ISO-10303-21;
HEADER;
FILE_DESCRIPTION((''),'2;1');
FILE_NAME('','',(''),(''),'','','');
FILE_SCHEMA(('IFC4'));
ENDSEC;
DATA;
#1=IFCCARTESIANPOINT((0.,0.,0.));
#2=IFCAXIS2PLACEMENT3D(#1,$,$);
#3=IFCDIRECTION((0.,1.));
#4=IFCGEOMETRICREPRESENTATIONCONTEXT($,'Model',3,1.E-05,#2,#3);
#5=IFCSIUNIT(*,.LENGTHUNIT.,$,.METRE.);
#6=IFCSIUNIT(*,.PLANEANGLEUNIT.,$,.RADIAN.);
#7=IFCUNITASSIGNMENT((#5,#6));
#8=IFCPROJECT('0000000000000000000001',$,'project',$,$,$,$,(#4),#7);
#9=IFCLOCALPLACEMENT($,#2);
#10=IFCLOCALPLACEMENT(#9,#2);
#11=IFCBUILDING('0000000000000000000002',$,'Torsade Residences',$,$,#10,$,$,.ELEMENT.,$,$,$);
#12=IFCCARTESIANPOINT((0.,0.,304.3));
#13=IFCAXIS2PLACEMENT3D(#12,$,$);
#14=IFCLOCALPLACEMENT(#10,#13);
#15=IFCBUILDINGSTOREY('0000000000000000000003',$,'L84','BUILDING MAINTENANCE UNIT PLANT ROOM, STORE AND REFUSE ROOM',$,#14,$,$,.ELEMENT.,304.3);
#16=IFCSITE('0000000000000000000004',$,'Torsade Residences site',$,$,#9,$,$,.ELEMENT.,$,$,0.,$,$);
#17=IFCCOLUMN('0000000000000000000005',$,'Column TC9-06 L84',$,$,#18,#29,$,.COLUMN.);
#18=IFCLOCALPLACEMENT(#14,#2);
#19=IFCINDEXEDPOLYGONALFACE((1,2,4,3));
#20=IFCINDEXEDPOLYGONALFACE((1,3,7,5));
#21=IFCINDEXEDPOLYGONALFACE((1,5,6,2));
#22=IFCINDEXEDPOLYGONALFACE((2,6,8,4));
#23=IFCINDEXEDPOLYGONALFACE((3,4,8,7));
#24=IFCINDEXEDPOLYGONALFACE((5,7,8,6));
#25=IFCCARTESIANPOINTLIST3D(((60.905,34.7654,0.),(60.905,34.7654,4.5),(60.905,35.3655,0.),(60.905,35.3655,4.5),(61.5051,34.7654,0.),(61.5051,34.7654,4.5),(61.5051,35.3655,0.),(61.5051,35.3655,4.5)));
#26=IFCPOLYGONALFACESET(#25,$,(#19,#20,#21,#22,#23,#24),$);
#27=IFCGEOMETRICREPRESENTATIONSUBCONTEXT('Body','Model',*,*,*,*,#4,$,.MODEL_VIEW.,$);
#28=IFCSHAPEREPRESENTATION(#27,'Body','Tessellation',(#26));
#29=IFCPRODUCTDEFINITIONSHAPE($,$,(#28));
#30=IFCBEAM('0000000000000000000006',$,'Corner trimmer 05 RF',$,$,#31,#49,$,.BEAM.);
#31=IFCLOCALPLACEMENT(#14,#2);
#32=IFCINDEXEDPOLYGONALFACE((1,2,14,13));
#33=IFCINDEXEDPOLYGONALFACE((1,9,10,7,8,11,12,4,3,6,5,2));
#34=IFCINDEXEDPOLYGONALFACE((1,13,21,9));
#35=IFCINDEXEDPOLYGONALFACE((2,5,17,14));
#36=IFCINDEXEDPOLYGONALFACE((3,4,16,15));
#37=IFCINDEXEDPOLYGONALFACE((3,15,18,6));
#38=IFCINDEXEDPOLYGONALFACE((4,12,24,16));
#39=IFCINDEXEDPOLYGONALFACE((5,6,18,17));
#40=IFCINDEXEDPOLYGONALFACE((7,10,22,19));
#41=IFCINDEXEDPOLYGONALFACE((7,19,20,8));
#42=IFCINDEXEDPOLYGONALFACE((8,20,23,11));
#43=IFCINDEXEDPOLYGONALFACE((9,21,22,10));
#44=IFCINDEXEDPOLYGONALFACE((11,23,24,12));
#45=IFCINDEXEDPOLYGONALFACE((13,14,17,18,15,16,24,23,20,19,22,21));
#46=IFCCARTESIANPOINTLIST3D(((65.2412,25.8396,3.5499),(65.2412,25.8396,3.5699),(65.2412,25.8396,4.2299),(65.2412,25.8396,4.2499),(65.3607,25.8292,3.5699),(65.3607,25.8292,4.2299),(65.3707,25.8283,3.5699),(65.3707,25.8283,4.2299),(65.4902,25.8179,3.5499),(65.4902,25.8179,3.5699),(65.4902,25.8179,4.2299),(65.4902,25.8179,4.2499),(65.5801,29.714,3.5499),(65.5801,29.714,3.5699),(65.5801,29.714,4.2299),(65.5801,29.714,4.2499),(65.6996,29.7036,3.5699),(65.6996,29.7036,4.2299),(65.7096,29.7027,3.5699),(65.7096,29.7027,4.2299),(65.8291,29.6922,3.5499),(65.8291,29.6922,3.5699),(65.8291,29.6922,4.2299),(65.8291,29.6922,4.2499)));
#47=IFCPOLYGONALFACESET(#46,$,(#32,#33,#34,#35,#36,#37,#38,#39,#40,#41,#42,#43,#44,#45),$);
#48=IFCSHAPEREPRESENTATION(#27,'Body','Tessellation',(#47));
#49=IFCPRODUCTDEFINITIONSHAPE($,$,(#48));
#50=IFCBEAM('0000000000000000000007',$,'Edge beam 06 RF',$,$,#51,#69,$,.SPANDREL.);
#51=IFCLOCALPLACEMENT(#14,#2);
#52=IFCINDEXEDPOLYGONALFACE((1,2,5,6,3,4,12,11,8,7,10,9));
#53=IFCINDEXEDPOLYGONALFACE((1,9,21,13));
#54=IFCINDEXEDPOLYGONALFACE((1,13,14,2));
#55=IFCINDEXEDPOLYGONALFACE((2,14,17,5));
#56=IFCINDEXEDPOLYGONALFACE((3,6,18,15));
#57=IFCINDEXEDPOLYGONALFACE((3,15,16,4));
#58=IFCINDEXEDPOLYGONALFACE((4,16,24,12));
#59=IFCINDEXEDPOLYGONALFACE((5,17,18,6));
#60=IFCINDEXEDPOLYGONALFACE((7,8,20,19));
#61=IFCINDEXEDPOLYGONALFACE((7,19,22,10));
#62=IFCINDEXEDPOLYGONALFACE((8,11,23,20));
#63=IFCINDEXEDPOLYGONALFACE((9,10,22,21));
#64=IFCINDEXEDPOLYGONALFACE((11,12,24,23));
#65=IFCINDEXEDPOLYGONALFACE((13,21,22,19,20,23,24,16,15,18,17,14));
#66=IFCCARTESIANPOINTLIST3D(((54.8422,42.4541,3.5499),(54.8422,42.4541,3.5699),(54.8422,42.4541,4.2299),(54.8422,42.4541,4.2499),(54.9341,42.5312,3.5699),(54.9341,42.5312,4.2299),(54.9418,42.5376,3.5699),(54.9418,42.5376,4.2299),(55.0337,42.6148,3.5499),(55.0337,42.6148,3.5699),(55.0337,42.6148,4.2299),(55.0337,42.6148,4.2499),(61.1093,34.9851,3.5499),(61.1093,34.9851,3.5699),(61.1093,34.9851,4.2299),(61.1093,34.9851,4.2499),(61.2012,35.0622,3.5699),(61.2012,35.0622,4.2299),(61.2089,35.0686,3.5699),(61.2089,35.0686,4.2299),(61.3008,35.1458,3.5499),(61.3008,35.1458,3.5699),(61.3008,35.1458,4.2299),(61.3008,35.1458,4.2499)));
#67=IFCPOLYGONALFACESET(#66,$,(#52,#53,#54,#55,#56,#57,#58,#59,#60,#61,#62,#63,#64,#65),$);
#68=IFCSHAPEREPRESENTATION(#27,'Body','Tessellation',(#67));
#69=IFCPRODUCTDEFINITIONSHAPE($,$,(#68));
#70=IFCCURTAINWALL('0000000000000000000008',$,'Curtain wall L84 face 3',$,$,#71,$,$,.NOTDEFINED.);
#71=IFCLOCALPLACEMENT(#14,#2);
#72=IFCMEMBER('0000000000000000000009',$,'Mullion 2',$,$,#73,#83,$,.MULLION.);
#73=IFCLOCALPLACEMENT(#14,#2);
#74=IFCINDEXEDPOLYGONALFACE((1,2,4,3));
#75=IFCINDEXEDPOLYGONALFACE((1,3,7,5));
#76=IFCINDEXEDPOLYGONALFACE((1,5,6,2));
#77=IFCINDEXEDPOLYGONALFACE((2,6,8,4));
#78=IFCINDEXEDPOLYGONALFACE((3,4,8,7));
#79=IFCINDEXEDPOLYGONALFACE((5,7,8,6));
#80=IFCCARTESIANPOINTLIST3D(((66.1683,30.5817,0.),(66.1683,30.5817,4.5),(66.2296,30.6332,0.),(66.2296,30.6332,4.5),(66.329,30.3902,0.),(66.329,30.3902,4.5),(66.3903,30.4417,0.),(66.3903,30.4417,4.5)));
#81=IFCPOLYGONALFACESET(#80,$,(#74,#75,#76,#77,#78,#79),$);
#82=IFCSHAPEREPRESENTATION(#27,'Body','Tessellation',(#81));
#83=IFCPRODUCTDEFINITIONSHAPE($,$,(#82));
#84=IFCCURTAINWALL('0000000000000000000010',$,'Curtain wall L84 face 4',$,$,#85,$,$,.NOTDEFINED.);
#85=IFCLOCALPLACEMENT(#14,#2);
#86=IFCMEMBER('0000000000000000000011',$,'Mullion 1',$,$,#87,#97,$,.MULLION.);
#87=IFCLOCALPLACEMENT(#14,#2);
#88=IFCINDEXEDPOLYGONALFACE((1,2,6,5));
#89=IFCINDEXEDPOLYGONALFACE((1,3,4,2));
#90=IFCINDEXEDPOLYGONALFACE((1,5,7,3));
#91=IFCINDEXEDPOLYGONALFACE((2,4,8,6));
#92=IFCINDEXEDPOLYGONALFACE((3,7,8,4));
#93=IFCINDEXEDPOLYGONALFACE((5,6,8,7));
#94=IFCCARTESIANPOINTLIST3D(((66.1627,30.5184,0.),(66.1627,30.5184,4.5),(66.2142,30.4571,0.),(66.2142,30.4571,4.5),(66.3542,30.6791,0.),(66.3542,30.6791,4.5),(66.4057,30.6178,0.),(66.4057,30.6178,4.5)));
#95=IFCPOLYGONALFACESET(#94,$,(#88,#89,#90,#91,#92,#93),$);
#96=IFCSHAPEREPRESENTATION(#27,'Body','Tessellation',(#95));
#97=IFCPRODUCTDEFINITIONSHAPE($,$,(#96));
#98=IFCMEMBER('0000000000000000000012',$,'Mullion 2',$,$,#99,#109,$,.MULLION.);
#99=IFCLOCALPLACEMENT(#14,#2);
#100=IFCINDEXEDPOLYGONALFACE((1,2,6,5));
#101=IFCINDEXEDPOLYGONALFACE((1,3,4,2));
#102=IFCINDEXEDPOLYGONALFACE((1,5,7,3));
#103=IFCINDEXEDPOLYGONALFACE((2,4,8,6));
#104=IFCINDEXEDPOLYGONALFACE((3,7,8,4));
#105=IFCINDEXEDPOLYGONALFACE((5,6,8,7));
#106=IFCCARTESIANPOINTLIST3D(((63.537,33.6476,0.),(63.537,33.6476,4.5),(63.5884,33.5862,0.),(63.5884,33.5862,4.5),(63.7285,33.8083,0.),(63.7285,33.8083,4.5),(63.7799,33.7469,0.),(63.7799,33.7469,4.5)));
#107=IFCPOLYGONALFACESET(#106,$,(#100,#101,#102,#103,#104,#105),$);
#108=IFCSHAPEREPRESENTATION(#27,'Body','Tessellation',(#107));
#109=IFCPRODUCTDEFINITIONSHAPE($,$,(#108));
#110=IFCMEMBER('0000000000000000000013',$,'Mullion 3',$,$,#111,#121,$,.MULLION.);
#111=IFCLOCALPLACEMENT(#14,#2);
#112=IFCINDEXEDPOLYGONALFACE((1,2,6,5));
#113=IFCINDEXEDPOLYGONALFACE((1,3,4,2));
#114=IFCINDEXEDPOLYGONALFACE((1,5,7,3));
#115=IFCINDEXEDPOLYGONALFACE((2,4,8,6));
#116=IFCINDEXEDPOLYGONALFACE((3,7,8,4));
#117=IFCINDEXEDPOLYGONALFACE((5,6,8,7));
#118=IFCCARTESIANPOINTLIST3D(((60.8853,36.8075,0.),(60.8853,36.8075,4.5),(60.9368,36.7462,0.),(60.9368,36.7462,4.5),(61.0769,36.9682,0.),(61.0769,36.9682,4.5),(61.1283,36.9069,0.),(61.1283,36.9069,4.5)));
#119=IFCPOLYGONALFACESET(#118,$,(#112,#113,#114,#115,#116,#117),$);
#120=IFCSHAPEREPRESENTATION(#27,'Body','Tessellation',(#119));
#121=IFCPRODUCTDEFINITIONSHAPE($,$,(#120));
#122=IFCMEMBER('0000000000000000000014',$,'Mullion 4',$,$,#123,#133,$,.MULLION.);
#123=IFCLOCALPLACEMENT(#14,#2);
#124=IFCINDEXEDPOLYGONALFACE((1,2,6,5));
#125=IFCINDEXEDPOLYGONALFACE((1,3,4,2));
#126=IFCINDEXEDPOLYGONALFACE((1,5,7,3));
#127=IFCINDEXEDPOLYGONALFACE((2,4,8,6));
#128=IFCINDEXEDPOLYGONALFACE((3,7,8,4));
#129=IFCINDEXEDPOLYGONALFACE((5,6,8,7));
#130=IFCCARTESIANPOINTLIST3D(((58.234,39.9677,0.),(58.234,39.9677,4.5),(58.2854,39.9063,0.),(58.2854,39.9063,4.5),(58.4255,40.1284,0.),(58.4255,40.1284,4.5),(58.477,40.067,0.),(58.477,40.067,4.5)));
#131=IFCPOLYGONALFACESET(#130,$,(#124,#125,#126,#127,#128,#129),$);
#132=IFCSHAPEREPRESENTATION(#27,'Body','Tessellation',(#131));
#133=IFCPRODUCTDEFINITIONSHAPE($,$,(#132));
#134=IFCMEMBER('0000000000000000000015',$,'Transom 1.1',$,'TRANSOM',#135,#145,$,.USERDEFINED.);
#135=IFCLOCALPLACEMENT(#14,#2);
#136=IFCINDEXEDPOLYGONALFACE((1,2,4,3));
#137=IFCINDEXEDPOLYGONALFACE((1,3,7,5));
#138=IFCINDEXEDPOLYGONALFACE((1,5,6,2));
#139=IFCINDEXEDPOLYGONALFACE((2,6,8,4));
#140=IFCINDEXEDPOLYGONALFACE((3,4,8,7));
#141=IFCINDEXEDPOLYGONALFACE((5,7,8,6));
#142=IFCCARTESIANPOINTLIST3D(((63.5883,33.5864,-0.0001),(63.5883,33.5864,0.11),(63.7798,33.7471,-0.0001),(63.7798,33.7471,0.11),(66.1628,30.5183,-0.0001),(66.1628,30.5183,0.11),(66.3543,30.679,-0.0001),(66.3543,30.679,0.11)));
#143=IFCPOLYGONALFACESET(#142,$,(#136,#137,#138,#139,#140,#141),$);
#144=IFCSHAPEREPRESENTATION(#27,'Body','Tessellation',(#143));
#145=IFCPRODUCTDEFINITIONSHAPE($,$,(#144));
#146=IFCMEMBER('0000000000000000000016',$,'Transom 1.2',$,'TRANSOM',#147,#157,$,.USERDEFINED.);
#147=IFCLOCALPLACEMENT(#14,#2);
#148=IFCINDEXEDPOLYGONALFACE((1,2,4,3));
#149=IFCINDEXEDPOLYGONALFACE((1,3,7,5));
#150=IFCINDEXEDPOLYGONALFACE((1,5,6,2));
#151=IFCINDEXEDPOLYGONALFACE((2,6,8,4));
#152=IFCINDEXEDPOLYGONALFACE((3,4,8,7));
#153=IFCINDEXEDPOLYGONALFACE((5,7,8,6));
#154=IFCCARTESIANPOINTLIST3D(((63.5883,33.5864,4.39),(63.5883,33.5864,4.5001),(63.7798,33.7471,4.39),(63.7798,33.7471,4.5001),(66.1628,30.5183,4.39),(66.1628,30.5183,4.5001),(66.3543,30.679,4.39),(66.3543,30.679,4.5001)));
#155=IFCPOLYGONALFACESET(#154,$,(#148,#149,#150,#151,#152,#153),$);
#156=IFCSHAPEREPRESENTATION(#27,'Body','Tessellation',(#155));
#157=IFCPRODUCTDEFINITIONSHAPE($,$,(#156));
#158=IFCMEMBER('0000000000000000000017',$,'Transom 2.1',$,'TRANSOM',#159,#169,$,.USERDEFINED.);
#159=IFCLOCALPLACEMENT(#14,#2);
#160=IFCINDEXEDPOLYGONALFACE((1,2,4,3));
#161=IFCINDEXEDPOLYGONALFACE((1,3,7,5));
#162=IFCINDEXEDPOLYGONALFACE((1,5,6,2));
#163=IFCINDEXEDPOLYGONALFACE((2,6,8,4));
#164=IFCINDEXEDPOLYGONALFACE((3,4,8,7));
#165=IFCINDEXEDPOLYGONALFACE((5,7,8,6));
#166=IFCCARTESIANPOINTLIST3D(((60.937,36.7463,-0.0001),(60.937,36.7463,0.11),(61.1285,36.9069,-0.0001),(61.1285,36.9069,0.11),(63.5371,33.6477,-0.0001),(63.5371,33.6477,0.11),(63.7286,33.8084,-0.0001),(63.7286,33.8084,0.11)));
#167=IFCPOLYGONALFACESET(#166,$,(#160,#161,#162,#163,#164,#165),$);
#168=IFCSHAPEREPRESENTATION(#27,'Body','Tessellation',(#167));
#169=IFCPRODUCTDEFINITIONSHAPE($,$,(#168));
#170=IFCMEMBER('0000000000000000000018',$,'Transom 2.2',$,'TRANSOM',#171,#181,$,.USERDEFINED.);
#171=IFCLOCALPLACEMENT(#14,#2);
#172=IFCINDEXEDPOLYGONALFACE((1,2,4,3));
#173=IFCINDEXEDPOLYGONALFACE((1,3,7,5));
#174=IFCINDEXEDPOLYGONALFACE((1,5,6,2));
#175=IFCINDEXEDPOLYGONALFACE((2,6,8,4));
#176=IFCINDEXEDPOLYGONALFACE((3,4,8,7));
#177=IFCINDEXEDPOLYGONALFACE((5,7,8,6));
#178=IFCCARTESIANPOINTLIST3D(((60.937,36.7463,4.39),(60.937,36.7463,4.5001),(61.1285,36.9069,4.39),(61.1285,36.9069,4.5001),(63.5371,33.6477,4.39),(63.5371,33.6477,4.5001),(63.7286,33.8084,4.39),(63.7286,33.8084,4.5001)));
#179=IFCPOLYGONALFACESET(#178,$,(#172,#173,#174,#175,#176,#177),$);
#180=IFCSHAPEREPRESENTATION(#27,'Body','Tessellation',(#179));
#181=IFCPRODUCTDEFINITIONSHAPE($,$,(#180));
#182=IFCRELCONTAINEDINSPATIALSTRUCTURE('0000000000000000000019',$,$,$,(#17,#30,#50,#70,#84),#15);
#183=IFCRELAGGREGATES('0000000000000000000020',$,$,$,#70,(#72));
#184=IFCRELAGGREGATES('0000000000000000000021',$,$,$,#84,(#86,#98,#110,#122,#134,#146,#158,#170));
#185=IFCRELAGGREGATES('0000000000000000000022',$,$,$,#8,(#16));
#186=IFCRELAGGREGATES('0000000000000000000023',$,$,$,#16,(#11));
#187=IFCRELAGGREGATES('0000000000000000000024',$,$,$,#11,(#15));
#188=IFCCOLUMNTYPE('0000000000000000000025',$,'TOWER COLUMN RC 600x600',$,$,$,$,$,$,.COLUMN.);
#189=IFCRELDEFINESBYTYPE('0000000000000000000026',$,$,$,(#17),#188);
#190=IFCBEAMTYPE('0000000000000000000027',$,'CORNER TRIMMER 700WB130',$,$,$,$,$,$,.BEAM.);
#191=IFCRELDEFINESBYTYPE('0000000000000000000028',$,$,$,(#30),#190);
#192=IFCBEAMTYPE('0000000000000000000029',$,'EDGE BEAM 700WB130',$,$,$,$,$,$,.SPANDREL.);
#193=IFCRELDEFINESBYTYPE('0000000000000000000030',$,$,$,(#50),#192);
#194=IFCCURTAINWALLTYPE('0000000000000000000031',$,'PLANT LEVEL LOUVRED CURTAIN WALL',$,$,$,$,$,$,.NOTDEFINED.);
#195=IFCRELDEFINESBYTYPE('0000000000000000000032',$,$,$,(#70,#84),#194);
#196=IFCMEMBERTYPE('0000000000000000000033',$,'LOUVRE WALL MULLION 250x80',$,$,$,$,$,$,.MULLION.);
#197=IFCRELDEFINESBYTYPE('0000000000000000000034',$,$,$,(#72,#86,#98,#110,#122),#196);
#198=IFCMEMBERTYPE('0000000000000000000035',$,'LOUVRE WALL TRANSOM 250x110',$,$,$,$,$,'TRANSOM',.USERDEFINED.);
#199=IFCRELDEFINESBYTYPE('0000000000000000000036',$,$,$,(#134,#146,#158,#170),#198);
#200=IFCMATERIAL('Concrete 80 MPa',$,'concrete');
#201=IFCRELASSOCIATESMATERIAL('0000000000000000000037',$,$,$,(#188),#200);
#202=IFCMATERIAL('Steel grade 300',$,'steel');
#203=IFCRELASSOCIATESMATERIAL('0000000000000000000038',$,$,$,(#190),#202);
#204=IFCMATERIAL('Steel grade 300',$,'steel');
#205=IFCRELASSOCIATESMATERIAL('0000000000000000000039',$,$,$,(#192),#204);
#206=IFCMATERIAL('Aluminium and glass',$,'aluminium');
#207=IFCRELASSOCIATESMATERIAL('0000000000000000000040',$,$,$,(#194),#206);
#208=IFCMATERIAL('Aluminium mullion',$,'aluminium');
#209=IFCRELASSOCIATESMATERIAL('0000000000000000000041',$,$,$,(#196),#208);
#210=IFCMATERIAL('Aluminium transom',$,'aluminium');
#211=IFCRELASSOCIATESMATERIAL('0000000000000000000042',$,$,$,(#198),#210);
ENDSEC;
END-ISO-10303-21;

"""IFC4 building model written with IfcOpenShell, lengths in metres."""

from ifc_helpers import new_model, si_unit, direction, frame, origin, origin_2d, place, context, subcontext, project, spatial, rectangle, i_section, extrude, material, material_profile, profile_set, type_object, element, aggregate, save


model = new_model("IFC4")

# Units and contexts
model_context = context("Model", 3, precision=1e-05, world=origin(), true_north=direction((0.0, 1.0)))
body_context = subcontext(model_context, "Body", "Model", "MODEL_VIEW")
ifc_project = project(units=[si_unit("LENGTHUNIT", "METRE"), si_unit("PLANEANGLEUNIT", "RADIAN")], contexts=[model_context])

# Site, building, storey
site_placement = place(None, origin())
site = spatial("IfcSite", under=ifc_project, at=site_placement, Name="Torsade Residences site", CompositionType="ELEMENT", RefElevation=0.0)
building_placement = place(site_placement, origin())
building = spatial("IfcBuilding", under=site, at=building_placement, Name="Torsade Residences", CompositionType="ELEMENT")
storey_placement = place(building_placement, frame((0.0, 0.0, 304.3)))
storey = spatial("IfcBuildingStorey", under=building, at=storey_placement, Name="L84", Description="BUILDING MAINTENANCE UNIT PLANT ROOM, STORE AND REFUSE ROOM", CompositionType="ELEMENT", Elevation=304.3)

# Column
ifc_material_1 = material(Name="Concrete 80 MPa", Category="concrete")
ifc_material_profile_1 = material_profile(ifc_material_1, rectangle(XDim=0.6001, YDim=0.6001, at=origin_2d()), Name="RC 600x600")
ifc_profile_set_1 = profile_set([ifc_material_profile_1], Name="Concrete 80 MPa")
column_type = type_object("IfcColumnType", Name="TOWER COLUMN RC 600x600", PredefinedType="COLUMN", material=ifc_profile_set_1)
column_placement = place(storey_placement, frame((61.2051, 35.0654, 0.0), z_axis=(0.0, 0.0, 1.0), x_axis=(1.0, 0.0, 0.0)))
element("IfcColumn", 1, at=column_placement, inside=storey, type_object=column_type, Name="Column TC9-06 L84", PredefinedType="COLUMN", context=body_context, shape_type="SweptSolid", body=[
    extrude(rectangle(XDim=0.6001, YDim=0.6001, at=origin_2d()), origin(), (0.0, 0.0, 1.0), 4.5),
])

# Beams
ifc_material_2 = material(Name="Steel grade 300", Category="steel")
ifc_material_profile_2 = material_profile(ifc_material_2, i_section(OverallWidth=0.25, OverallDepth=0.7, WebThickness=0.01, FlangeThickness=0.02, at=origin_2d()), Name="700WB130")
ifc_profile_set_2 = profile_set([ifc_material_profile_2], Name="Steel grade 300")
beam_type_1 = type_object("IfcBeamType", Name="CORNER TRIMMER 700WB130", PredefinedType="BEAM", material=ifc_profile_set_2)
beam_1_placement = place(storey_placement, frame((65.7046, 29.7031, 3.8999), z_axis=(-0.087133, -0.996197, 0.0), x_axis=(0.996197, -0.087133, 0.0)))
element("IfcBeam", 2, at=beam_1_placement, inside=storey, type_object=beam_type_1, Name="Corner trimmer 05 RF", PredefinedType="BEAM", context=body_context, shape_type="SweptSolid", body=[
    extrude(i_section(OverallWidth=0.25, OverallDepth=0.7, WebThickness=0.01, FlangeThickness=0.02, at=origin_2d()), origin(), (0.0, 0.0, 1.0), 3.8892),
])
ifc_material_3 = material(Name="Steel grade 300", Category="steel")
ifc_material_profile_3 = material_profile(ifc_material_3, i_section(OverallWidth=0.25, OverallDepth=0.7, WebThickness=0.01, FlangeThickness=0.02, at=origin_2d()), Name="700WB130")
ifc_profile_set_3 = profile_set([ifc_material_profile_3], Name="Steel grade 300")
beam_type_2 = type_object("IfcBeamType", Name="EDGE BEAM 700WB130", PredefinedType="SPANDREL", material=ifc_profile_set_3)
beam_2_placement = place(storey_placement, frame((61.2051, 35.0654, 3.8999), z_axis=(-0.642779, 0.766052, 0.0), x_axis=(-0.766052, -0.642779, 0.0)))
element("IfcBeam", 3, at=beam_2_placement, inside=storey, type_object=beam_type_2, Name="Edge beam 06 RF", PredefinedType="SPANDREL", context=body_context, shape_type="SweptSolid", body=[
    extrude(i_section(OverallWidth=0.25, OverallDepth=0.7, WebThickness=0.01, FlangeThickness=0.02, at=origin_2d()), origin(), (0.0, 0.0, 1.0), 9.75),
])

# Curtain wall, member
ifc_material_4 = material(Name="Aluminium and glass", Category="aluminium")
curtain_wall_type = type_object("IfcCurtainWallType", Name="PLANT LEVEL LOUVRED CURTAIN WALL", PredefinedType="NOTDEFINED", material=ifc_material_4)
curtain_wall_1_placement = place(storey_placement, origin())
curtain_wall_1 = element("IfcCurtainWall", 4, at=curtain_wall_1_placement, inside=storey, type_object=curtain_wall_type, Name="Curtain wall L84 face 3", PredefinedType="NOTDEFINED")
ifc_material_5 = material(Name="Aluminium mullion", Category="aluminium")
ifc_material_profile_4 = material_profile(ifc_material_5, rectangle(XDim=0.25, YDim=0.0801, at=origin_2d()), Name="LOUVRE WALL MULLION 250x80")
ifc_profile_set_4 = profile_set([ifc_material_profile_4], Name="Aluminium mullion")
member_type_1 = type_object("IfcMemberType", Name="LOUVRE WALL MULLION 250x80", PredefinedType="MULLION", material=ifc_profile_set_4)
member_1_placement = place(storey_placement, frame((66.2793, 30.5117, 0.0), z_axis=(0.0, 0.0, 1.0), x_axis=(-0.642788, 0.766044, 0.0)))
member_1 = element("IfcMember", 5, at=member_1_placement, type_object=member_type_1, Name="Mullion 2", PredefinedType="MULLION", context=body_context, shape_type="SweptSolid", body=[
    extrude(rectangle(XDim=0.25, YDim=0.0801, at=origin_2d()), origin(), (0.0, 0.0, 1.0), 4.5),
])
aggregate(curtain_wall_1, [member_1])

# Curtain wall, members
curtain_wall_2_placement = place(storey_placement, origin())
curtain_wall_2 = element("IfcCurtainWall", 6, at=curtain_wall_2_placement, inside=storey, type_object=curtain_wall_type, Name="Curtain wall L84 face 4", PredefinedType="NOTDEFINED")
member_2_placement = place(storey_placement, frame((66.2842, 30.5681, 0.0), z_axis=(0.0, 0.0, 1.0), x_axis=(-0.766044, -0.642788, 0.0)))
member_2 = element("IfcMember", 7, at=member_2_placement, type_object=member_type_1, Name="Mullion 1", PredefinedType="MULLION", context=body_context, shape_type="SweptSolid", body=[
    extrude(rectangle(XDim=0.25, YDim=0.0801, at=origin_2d()), origin(), (0.0, 0.0, 1.0), 4.5),
])
member_3_placement = place(storey_placement, frame((63.6584, 33.6973, 0.0), z_axis=(0.0, 0.0, 1.0), x_axis=(-0.766044, -0.642788, 0.0)))
member_3 = element("IfcMember", 8, at=member_3_placement, type_object=member_type_1, Name="Mullion 2", PredefinedType="MULLION", context=body_context, shape_type="SweptSolid", body=[
    extrude(rectangle(XDim=0.25, YDim=0.0801, at=origin_2d()), origin(), (0.0, 0.0, 1.0), 4.5),
])
member_4_placement = place(storey_placement, frame((61.0068, 36.8572, 0.0), z_axis=(0.0, 0.0, 1.0), x_axis=(-0.766044, -0.642788, 0.0)))
member_4 = element("IfcMember", 9, at=member_4_placement, type_object=member_type_1, Name="Mullion 3", PredefinedType="MULLION", context=body_context, shape_type="SweptSolid", body=[
    extrude(rectangle(XDim=0.25, YDim=0.0801, at=origin_2d()), origin(), (0.0, 0.0, 1.0), 4.5),
])
member_5_placement = place(storey_placement, frame((58.3555, 40.0173, 0.0), z_axis=(0.0, 0.0, 1.0), x_axis=(-0.766044, -0.642788, 0.0)))
member_5 = element("IfcMember", 10, at=member_5_placement, type_object=member_type_1, Name="Mullion 4", PredefinedType="MULLION", context=body_context, shape_type="SweptSolid", body=[
    extrude(rectangle(XDim=0.25, YDim=0.0801, at=origin_2d()), origin(), (0.0, 0.0, 1.0), 4.5),
])
ifc_material_6 = material(Name="Aluminium transom", Category="aluminium")
ifc_material_profile_5 = material_profile(ifc_material_6, rectangle(XDim=0.25, YDim=0.1101, at=origin_2d()), Name="LOUVRE WALL TRANSOM 250x110")
ifc_profile_set_5 = profile_set([ifc_material_profile_5], Name="Aluminium transom")
member_type_2 = type_object("IfcMemberType", Name="LOUVRE WALL TRANSOM 250x110", ElementType="TRANSOM", PredefinedType="USERDEFINED", material=ifc_profile_set_5)
member_6_placement = place(storey_placement, frame((66.2585, 30.5986, 0.0549), z_axis=(-0.642789, 0.766043, 0.0), x_axis=(-0.766043, -0.642789, 0.0)))
member_6 = element("IfcMember", 11, at=member_6_placement, type_object=member_type_2, Name="Transom 1.1", ObjectType="TRANSOM", PredefinedType="USERDEFINED", context=body_context, shape_type="SweptSolid", body=[
    extrude(rectangle(XDim=0.25, YDim=0.1101, at=origin_2d()), origin(), (0.0, 0.0, 1.0), 4.0051),
])
member_7_placement = place(storey_placement, frame((66.2585, 30.5986, 4.4451), z_axis=(-0.642789, 0.766043, 0.0), x_axis=(-0.766043, -0.642789, 0.0)))
member_7 = element("IfcMember", 12, at=member_7_placement, type_object=member_type_2, Name="Transom 1.2", ObjectType="TRANSOM", PredefinedType="USERDEFINED", context=body_context, shape_type="SweptSolid", body=[
    extrude(rectangle(XDim=0.25, YDim=0.1101, at=origin_2d()), origin(), (0.0, 0.0, 1.0), 4.0051),
])
member_8_placement = place(storey_placement, frame((63.6328, 33.728, 0.0549), z_axis=(-0.642793, 0.76604, 0.0), x_axis=(-0.76604, -0.642793, 0.0)))
member_8 = element("IfcMember", 13, at=member_8_placement, type_object=member_type_2, Name="Transom 2.1", ObjectType="TRANSOM", PredefinedType="USERDEFINED", context=body_context, shape_type="SweptSolid", body=[
    extrude(rectangle(XDim=0.25, YDim=0.1101, at=origin_2d()), origin(), (0.0, 0.0, 1.0), 4.0449),
])
member_9_placement = place(storey_placement, frame((63.6328, 33.728, 4.4451), z_axis=(-0.642793, 0.76604, 0.0), x_axis=(-0.76604, -0.642793, 0.0)))
member_9 = element("IfcMember", 14, at=member_9_placement, type_object=member_type_2, Name="Transom 2.2", ObjectType="TRANSOM", PredefinedType="USERDEFINED", context=body_context, shape_type="SweptSolid", body=[
    extrude(rectangle(XDim=0.25, YDim=0.1101, at=origin_2d()), origin(), (0.0, 0.0, 1.0), 4.0449),
])

aggregate(curtain_wall_2, [member_2, member_3, member_4, member_5, member_6, member_7, member_8, member_9])

save(model, "model.ifc")
